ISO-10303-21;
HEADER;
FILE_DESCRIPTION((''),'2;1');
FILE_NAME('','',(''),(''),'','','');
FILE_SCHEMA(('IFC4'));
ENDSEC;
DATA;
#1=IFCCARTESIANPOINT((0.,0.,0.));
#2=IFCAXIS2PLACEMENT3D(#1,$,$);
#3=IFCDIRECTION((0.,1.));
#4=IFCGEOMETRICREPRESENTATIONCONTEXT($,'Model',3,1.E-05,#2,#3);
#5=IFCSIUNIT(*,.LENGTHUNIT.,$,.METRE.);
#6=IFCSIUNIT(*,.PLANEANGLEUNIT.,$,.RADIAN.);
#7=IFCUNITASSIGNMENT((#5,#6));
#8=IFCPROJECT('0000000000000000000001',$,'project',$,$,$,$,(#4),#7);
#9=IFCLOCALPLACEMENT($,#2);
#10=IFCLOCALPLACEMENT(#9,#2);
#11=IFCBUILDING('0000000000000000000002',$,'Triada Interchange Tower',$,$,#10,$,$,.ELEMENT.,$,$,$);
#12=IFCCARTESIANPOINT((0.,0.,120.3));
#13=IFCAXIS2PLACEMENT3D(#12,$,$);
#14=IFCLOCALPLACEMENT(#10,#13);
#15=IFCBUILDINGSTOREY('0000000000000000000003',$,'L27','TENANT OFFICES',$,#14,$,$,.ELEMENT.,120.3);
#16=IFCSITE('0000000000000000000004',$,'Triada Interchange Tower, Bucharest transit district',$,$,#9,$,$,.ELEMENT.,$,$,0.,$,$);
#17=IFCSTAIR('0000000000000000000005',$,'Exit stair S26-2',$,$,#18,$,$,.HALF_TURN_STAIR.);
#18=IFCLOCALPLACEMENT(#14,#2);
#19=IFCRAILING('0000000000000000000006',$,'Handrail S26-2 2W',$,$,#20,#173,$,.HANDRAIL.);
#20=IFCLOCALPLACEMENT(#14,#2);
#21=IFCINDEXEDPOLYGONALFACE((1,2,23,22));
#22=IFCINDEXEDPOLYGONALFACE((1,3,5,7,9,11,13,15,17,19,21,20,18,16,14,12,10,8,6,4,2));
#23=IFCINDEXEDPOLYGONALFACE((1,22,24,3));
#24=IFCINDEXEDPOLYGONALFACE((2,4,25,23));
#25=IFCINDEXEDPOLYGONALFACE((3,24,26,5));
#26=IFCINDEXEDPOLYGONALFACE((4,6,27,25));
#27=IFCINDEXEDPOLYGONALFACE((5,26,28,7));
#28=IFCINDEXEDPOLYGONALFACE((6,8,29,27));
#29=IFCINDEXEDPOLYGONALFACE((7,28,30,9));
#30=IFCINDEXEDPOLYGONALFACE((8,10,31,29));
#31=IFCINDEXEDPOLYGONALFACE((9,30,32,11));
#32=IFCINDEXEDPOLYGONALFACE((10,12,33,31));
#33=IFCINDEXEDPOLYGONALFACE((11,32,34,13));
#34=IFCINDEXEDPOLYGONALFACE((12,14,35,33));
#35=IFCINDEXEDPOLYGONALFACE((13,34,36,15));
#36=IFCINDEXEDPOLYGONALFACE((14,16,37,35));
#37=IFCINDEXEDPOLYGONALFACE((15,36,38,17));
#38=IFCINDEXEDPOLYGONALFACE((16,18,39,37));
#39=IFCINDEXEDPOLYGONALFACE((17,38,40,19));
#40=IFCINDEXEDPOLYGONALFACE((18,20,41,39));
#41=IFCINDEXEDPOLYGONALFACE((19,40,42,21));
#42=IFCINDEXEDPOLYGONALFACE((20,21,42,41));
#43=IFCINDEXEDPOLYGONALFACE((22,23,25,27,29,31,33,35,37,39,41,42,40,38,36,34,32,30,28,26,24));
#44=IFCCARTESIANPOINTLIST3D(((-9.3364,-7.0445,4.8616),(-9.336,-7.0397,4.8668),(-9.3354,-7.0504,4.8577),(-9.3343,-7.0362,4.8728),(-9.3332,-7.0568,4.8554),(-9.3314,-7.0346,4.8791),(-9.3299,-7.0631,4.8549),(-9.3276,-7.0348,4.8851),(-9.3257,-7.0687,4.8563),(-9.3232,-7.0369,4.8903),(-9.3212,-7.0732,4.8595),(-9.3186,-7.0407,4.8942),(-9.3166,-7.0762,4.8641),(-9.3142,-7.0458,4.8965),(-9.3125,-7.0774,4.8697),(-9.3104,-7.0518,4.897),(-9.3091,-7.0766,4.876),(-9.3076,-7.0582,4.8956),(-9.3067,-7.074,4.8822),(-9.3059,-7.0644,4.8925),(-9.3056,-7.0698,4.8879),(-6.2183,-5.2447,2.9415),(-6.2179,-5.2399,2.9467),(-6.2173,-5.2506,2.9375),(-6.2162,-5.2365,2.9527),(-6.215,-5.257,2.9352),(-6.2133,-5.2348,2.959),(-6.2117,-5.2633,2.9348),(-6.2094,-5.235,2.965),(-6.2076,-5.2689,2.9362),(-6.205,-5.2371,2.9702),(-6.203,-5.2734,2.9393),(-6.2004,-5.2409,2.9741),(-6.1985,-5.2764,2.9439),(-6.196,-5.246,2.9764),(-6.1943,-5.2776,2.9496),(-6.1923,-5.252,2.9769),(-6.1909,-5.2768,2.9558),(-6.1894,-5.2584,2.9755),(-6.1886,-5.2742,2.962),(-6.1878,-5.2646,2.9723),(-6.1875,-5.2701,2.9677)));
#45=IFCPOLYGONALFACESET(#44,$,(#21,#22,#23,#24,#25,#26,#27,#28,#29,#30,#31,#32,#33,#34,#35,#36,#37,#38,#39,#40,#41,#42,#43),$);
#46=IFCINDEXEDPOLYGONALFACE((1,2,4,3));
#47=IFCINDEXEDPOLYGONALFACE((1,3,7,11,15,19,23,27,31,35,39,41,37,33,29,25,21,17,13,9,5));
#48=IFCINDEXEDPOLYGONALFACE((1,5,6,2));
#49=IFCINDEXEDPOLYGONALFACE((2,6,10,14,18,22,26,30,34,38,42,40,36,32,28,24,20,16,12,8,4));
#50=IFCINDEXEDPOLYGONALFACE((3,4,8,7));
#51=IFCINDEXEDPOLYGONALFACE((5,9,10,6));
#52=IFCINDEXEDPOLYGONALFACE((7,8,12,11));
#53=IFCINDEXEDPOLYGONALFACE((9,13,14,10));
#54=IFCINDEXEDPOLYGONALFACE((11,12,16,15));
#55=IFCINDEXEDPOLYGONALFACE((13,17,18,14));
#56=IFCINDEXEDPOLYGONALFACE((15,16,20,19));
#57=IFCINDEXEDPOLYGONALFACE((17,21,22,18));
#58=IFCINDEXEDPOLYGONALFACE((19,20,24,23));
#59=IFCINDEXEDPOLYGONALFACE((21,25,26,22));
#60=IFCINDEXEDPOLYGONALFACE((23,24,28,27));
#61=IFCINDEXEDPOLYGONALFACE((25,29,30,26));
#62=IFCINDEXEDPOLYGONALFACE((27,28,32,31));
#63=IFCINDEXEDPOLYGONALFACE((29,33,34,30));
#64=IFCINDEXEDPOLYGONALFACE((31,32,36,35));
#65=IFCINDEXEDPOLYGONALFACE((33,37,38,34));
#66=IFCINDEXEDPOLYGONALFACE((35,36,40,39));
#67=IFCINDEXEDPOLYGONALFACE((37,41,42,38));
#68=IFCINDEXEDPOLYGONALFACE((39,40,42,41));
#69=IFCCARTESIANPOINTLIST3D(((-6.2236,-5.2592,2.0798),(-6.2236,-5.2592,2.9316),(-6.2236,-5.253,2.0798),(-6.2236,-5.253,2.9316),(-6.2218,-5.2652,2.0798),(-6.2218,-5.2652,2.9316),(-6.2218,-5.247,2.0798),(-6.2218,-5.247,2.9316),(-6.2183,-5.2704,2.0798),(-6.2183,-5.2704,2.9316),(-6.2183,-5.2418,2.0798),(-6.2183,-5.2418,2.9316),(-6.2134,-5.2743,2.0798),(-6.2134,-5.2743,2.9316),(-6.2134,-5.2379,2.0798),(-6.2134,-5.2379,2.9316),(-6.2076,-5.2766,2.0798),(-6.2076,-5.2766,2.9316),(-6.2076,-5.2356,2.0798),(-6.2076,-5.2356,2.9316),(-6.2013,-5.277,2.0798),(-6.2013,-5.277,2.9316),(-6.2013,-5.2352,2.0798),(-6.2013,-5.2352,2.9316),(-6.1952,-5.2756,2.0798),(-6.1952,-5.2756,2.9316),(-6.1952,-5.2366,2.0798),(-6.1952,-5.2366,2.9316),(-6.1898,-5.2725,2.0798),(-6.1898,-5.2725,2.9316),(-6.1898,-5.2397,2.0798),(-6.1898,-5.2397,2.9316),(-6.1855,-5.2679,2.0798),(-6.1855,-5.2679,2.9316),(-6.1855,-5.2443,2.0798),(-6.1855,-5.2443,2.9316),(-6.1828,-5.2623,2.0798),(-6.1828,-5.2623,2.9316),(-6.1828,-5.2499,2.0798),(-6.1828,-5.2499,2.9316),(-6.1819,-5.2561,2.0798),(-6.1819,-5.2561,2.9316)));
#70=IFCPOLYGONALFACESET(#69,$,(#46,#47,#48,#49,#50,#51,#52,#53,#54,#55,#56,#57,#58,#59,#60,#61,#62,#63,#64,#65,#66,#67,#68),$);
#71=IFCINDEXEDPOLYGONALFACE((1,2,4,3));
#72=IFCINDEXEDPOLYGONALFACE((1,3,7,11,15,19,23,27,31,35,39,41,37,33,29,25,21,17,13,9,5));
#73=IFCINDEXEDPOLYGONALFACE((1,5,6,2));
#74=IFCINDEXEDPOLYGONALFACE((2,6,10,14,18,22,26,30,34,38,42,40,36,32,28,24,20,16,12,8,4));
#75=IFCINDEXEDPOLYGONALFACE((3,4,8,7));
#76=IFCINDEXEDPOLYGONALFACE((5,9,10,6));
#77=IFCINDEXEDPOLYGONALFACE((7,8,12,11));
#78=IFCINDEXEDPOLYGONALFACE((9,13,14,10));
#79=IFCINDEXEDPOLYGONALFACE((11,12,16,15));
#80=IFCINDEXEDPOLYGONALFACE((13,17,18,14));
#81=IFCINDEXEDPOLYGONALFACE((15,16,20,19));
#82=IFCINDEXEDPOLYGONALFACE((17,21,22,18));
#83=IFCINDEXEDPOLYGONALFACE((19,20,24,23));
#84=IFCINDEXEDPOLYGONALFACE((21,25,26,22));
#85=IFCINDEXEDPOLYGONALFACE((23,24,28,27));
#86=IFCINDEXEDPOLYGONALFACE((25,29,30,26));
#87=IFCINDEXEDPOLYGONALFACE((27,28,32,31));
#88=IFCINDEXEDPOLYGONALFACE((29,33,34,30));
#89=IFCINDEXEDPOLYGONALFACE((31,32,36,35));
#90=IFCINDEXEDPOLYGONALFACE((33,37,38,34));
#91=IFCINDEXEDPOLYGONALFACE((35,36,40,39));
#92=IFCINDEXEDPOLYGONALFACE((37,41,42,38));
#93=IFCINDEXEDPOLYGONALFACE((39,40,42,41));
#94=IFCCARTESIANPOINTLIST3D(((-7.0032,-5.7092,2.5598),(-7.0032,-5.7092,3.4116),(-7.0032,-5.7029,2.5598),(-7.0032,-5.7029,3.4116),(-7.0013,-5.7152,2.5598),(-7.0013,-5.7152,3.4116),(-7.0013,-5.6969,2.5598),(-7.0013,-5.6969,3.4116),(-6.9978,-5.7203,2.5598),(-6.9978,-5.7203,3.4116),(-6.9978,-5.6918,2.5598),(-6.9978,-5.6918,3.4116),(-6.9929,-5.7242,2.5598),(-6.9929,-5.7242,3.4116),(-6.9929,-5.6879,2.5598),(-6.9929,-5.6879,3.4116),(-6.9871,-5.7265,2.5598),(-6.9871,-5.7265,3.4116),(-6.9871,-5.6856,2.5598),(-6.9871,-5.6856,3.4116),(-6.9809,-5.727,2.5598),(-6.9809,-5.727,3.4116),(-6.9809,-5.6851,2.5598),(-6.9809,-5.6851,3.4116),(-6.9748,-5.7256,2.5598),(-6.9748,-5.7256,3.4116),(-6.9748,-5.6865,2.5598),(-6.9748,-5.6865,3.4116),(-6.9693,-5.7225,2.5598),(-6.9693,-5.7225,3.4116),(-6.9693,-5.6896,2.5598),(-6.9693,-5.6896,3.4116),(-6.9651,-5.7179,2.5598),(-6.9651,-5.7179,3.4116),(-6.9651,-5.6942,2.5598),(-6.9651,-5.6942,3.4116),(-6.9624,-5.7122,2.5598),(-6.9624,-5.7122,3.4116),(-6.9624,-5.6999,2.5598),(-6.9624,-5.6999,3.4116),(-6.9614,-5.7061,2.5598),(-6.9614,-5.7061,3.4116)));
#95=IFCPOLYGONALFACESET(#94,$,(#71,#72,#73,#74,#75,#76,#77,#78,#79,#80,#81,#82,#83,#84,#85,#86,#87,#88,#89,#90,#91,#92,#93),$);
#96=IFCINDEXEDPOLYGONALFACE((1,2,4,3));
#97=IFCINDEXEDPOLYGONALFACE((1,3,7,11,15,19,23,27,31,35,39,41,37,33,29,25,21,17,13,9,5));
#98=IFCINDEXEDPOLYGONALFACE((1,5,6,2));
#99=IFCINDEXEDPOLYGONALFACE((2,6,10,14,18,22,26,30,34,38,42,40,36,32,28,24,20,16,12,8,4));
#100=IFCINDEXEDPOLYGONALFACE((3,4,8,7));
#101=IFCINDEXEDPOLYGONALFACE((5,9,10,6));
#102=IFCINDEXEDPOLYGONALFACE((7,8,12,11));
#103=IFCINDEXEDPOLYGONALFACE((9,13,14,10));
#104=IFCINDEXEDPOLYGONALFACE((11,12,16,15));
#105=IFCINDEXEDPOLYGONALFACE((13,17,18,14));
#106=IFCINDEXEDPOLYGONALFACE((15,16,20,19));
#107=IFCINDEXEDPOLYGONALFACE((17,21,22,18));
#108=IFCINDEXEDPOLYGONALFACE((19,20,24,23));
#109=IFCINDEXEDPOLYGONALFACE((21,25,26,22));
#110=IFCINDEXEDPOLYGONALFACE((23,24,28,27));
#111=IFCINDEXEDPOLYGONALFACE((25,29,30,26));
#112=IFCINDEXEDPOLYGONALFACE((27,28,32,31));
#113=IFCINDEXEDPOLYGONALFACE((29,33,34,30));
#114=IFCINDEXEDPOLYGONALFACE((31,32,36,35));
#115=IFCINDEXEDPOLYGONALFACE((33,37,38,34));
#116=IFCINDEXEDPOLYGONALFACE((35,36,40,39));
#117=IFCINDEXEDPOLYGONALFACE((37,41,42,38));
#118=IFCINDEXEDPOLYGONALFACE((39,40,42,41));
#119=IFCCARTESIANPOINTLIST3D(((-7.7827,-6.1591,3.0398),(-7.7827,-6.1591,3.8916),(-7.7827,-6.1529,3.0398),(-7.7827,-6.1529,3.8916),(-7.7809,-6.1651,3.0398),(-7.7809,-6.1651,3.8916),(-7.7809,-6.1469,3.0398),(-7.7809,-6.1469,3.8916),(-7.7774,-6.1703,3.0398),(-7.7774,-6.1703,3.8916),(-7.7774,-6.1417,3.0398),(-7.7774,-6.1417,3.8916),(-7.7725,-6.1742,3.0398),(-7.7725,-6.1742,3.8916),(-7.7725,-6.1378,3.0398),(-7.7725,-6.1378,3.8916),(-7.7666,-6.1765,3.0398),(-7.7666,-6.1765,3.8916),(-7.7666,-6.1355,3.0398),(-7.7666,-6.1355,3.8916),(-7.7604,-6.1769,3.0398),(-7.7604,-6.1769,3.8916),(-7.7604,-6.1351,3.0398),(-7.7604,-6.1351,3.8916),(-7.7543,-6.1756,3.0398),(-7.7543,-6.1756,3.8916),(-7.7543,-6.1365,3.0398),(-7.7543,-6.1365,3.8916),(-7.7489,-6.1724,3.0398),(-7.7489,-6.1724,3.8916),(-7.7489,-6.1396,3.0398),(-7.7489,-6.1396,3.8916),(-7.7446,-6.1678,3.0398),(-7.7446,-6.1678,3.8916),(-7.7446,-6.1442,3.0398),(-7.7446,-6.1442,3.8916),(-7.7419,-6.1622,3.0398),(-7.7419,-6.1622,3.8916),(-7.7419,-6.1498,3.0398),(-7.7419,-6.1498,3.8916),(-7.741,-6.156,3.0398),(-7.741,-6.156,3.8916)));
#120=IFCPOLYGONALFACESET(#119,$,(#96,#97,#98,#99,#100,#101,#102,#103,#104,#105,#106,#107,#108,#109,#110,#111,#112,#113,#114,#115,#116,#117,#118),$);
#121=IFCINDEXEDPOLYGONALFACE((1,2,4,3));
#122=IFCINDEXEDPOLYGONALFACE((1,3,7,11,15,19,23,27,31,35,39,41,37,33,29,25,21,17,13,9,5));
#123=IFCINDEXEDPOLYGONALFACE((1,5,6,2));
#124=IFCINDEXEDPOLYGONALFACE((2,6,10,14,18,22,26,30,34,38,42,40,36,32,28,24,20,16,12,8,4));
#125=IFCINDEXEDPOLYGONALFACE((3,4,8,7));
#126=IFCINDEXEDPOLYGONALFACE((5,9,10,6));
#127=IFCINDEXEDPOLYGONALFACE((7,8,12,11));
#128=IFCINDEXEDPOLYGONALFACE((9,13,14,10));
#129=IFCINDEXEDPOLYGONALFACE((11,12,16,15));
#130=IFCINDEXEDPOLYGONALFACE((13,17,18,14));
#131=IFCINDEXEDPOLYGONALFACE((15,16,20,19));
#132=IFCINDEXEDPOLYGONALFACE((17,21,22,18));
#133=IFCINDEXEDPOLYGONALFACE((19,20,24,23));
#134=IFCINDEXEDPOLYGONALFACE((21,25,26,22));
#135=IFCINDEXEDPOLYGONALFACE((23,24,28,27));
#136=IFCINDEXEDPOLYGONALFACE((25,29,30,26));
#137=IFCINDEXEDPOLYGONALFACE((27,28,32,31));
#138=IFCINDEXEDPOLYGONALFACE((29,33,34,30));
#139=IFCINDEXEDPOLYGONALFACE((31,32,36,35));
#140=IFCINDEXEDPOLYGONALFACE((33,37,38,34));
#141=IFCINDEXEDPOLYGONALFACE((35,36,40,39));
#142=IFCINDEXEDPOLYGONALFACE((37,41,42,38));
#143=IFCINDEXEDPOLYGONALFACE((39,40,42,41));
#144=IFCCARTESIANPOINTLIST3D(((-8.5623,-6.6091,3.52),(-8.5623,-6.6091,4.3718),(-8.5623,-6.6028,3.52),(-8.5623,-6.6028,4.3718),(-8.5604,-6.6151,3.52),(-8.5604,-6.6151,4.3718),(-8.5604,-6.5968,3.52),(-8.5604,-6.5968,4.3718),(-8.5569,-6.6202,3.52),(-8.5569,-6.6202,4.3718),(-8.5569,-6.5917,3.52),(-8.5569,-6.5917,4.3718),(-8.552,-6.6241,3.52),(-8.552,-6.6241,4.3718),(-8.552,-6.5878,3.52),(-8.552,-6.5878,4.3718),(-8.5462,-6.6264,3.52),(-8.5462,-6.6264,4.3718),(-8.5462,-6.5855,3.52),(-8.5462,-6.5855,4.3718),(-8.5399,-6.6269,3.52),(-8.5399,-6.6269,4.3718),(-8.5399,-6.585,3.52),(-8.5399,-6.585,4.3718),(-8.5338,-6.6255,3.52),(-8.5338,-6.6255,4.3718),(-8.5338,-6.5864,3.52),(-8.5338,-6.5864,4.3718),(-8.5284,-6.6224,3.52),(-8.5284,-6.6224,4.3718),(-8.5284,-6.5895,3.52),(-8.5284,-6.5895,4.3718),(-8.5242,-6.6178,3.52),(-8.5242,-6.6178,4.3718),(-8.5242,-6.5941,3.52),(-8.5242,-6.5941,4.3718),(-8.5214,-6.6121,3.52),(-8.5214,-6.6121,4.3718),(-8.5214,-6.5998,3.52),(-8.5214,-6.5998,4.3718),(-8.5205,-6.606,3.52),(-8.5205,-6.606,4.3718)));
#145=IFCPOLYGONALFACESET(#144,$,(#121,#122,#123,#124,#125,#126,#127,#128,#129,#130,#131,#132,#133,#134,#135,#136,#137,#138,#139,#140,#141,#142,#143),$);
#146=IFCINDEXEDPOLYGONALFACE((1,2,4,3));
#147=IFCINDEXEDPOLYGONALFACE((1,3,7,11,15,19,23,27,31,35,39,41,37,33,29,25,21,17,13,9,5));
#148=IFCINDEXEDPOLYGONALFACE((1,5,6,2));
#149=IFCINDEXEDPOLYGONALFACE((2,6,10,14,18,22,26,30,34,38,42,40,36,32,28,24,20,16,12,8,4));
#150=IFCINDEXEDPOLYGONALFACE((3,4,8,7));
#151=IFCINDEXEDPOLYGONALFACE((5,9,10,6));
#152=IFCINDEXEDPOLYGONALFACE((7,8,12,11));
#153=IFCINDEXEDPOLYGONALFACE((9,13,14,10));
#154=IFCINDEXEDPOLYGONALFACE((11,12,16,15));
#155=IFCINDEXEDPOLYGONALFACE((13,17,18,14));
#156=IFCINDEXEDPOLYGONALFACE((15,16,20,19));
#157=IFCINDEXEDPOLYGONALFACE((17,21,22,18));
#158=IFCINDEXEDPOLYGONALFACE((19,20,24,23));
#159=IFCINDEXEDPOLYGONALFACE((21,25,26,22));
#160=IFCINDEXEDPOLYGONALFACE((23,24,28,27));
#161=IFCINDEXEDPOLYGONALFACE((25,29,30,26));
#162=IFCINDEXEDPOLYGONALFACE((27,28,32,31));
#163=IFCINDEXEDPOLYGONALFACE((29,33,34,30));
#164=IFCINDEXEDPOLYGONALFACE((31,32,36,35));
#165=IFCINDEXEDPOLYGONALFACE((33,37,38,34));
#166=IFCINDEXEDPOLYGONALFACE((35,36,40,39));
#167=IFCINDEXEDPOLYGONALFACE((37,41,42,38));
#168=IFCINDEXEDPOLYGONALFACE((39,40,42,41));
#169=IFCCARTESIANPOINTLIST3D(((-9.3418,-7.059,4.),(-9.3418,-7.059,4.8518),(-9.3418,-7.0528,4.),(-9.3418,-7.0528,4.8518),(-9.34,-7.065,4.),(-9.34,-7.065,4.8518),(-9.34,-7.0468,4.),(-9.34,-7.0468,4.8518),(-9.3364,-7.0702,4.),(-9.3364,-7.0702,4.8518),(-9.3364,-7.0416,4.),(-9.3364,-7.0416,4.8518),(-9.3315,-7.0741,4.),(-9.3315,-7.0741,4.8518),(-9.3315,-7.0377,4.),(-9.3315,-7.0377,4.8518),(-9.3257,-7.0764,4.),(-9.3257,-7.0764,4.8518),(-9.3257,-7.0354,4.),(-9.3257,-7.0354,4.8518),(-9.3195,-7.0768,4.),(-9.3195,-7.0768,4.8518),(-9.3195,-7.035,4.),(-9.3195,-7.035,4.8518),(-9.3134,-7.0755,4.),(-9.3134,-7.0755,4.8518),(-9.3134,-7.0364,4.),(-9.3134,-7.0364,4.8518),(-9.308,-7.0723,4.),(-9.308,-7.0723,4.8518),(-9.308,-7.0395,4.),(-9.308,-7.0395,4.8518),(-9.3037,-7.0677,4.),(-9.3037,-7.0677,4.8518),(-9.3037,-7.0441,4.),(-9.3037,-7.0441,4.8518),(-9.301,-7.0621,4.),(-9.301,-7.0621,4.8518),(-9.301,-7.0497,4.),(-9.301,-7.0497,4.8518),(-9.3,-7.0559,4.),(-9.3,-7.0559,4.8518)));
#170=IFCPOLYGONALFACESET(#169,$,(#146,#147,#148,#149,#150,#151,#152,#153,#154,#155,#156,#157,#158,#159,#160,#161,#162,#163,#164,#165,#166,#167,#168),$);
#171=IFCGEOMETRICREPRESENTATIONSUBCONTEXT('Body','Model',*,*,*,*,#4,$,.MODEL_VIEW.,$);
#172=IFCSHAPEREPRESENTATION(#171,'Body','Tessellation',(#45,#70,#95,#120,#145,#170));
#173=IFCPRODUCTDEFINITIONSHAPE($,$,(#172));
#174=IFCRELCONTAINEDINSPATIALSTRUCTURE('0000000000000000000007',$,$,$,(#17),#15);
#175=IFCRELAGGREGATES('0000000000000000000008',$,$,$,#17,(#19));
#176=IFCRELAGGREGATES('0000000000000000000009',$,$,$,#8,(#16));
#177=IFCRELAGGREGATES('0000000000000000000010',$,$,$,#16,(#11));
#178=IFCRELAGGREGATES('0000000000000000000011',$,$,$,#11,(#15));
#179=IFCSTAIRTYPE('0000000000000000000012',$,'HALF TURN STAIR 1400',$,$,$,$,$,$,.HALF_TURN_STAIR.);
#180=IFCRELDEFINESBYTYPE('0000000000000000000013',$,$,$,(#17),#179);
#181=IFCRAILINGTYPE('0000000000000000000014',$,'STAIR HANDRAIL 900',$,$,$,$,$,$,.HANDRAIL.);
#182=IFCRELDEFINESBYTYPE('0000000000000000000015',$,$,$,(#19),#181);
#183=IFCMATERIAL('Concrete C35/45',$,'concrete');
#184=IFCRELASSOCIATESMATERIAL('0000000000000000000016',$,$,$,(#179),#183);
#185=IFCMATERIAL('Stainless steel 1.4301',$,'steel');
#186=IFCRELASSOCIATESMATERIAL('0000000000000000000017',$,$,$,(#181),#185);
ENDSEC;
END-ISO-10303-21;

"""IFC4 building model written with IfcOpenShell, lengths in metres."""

from ifc_helpers import new_model, si_unit, direction, frame, origin, origin_2d, place, context, subcontext, project, spatial, circle, extrude, material, type_object, element, aggregate, save


model = new_model("IFC4")

# Units and contexts
model_context = context("Model", 3, precision=1e-05, world=origin(), true_north=direction((0.0, 1.0)))
body_context = subcontext(model_context, "Body", "Model", "MODEL_VIEW")
ifc_project = project(units=[si_unit("LENGTHUNIT", "METRE"), si_unit("PLANEANGLEUNIT", "RADIAN")], contexts=[model_context])

# Site, building, storey
site_placement = place(None, origin())
site = spatial("IfcSite", under=ifc_project, at=site_placement, Name="Triada Interchange Tower, Bucharest transit district", CompositionType="ELEMENT", RefElevation=0.0)
building_placement = place(site_placement, origin())
building = spatial("IfcBuilding", under=site, at=building_placement, Name="Triada Interchange Tower", CompositionType="ELEMENT")
storey_placement = place(building_placement, frame((0.0, 0.0, 120.3)))
storey = spatial("IfcBuildingStorey", under=building, at=storey_placement, Name="L27", Description="TENANT OFFICES", CompositionType="ELEMENT", Elevation=120.3)

# Stair, railing
ifc_material_1 = material(Name="Concrete C35/45", Category="concrete")
stair_type = type_object("IfcStairType", Name="HALF TURN STAIR 1400", PredefinedType="HALF_TURN_STAIR", material=ifc_material_1)
stair_placement = place(storey_placement, origin())
stair = element("IfcStair", 1, at=stair_placement, inside=storey, type_object=stair_type, Name="Exit stair S26-2", PredefinedType="HALF_TURN_STAIR")
ifc_material_2 = material(Name="Stainless steel 1.4301", Category="steel")
railing_type = type_object("IfcRailingType", Name="STAIR HANDRAIL 900", PredefinedType="HANDRAIL", material=ifc_material_2)
railing_1_placement = place(storey_placement, frame((-6.2029, -5.2561, 2.0798)))
railing_1 = element("IfcRailing", 2, at=railing_1_placement, type_object=railing_type, Name="Handrail S26-2 2W", PredefinedType="HANDRAIL", context=body_context, shape_type="SweptSolid", body=[
    extrude(circle(Radius=0.0239, at=origin_2d()), frame((0.0, 0.0, 0.876), z_axis=(-0.76419, -0.44109, 0.470588), x_axis=(0.499902, -0.866082, 0.0)), (0.0, 0.0, 1.0), 4.0803),
    extrude(circle(Radius=0.021, at=origin_2d()), origin(), (0.0, 0.0, 1.0), 0.8518),
    extrude(circle(Radius=0.021, at=origin_2d()), frame((-0.7795, -0.45, 0.48)), (0.0, 0.0, 1.0), 0.8518),
    extrude(circle(Radius=0.021, at=origin_2d()), frame((-1.5591, -0.8999, 0.96)), (0.0, 0.0, 1.0), 0.8518),
    extrude(circle(Radius=0.021, at=origin_2d()), frame((-2.3386, -1.3499, 1.4402)), (0.0, 0.0, 1.0), 0.8518),
    extrude(circle(Radius=0.021, at=origin_2d()), frame((-3.1182, -1.7998, 1.9202)), (0.0, 0.0, 1.0), 0.8518),
])
aggregate(stair, [railing_1])

save(model, "model.ifc")
